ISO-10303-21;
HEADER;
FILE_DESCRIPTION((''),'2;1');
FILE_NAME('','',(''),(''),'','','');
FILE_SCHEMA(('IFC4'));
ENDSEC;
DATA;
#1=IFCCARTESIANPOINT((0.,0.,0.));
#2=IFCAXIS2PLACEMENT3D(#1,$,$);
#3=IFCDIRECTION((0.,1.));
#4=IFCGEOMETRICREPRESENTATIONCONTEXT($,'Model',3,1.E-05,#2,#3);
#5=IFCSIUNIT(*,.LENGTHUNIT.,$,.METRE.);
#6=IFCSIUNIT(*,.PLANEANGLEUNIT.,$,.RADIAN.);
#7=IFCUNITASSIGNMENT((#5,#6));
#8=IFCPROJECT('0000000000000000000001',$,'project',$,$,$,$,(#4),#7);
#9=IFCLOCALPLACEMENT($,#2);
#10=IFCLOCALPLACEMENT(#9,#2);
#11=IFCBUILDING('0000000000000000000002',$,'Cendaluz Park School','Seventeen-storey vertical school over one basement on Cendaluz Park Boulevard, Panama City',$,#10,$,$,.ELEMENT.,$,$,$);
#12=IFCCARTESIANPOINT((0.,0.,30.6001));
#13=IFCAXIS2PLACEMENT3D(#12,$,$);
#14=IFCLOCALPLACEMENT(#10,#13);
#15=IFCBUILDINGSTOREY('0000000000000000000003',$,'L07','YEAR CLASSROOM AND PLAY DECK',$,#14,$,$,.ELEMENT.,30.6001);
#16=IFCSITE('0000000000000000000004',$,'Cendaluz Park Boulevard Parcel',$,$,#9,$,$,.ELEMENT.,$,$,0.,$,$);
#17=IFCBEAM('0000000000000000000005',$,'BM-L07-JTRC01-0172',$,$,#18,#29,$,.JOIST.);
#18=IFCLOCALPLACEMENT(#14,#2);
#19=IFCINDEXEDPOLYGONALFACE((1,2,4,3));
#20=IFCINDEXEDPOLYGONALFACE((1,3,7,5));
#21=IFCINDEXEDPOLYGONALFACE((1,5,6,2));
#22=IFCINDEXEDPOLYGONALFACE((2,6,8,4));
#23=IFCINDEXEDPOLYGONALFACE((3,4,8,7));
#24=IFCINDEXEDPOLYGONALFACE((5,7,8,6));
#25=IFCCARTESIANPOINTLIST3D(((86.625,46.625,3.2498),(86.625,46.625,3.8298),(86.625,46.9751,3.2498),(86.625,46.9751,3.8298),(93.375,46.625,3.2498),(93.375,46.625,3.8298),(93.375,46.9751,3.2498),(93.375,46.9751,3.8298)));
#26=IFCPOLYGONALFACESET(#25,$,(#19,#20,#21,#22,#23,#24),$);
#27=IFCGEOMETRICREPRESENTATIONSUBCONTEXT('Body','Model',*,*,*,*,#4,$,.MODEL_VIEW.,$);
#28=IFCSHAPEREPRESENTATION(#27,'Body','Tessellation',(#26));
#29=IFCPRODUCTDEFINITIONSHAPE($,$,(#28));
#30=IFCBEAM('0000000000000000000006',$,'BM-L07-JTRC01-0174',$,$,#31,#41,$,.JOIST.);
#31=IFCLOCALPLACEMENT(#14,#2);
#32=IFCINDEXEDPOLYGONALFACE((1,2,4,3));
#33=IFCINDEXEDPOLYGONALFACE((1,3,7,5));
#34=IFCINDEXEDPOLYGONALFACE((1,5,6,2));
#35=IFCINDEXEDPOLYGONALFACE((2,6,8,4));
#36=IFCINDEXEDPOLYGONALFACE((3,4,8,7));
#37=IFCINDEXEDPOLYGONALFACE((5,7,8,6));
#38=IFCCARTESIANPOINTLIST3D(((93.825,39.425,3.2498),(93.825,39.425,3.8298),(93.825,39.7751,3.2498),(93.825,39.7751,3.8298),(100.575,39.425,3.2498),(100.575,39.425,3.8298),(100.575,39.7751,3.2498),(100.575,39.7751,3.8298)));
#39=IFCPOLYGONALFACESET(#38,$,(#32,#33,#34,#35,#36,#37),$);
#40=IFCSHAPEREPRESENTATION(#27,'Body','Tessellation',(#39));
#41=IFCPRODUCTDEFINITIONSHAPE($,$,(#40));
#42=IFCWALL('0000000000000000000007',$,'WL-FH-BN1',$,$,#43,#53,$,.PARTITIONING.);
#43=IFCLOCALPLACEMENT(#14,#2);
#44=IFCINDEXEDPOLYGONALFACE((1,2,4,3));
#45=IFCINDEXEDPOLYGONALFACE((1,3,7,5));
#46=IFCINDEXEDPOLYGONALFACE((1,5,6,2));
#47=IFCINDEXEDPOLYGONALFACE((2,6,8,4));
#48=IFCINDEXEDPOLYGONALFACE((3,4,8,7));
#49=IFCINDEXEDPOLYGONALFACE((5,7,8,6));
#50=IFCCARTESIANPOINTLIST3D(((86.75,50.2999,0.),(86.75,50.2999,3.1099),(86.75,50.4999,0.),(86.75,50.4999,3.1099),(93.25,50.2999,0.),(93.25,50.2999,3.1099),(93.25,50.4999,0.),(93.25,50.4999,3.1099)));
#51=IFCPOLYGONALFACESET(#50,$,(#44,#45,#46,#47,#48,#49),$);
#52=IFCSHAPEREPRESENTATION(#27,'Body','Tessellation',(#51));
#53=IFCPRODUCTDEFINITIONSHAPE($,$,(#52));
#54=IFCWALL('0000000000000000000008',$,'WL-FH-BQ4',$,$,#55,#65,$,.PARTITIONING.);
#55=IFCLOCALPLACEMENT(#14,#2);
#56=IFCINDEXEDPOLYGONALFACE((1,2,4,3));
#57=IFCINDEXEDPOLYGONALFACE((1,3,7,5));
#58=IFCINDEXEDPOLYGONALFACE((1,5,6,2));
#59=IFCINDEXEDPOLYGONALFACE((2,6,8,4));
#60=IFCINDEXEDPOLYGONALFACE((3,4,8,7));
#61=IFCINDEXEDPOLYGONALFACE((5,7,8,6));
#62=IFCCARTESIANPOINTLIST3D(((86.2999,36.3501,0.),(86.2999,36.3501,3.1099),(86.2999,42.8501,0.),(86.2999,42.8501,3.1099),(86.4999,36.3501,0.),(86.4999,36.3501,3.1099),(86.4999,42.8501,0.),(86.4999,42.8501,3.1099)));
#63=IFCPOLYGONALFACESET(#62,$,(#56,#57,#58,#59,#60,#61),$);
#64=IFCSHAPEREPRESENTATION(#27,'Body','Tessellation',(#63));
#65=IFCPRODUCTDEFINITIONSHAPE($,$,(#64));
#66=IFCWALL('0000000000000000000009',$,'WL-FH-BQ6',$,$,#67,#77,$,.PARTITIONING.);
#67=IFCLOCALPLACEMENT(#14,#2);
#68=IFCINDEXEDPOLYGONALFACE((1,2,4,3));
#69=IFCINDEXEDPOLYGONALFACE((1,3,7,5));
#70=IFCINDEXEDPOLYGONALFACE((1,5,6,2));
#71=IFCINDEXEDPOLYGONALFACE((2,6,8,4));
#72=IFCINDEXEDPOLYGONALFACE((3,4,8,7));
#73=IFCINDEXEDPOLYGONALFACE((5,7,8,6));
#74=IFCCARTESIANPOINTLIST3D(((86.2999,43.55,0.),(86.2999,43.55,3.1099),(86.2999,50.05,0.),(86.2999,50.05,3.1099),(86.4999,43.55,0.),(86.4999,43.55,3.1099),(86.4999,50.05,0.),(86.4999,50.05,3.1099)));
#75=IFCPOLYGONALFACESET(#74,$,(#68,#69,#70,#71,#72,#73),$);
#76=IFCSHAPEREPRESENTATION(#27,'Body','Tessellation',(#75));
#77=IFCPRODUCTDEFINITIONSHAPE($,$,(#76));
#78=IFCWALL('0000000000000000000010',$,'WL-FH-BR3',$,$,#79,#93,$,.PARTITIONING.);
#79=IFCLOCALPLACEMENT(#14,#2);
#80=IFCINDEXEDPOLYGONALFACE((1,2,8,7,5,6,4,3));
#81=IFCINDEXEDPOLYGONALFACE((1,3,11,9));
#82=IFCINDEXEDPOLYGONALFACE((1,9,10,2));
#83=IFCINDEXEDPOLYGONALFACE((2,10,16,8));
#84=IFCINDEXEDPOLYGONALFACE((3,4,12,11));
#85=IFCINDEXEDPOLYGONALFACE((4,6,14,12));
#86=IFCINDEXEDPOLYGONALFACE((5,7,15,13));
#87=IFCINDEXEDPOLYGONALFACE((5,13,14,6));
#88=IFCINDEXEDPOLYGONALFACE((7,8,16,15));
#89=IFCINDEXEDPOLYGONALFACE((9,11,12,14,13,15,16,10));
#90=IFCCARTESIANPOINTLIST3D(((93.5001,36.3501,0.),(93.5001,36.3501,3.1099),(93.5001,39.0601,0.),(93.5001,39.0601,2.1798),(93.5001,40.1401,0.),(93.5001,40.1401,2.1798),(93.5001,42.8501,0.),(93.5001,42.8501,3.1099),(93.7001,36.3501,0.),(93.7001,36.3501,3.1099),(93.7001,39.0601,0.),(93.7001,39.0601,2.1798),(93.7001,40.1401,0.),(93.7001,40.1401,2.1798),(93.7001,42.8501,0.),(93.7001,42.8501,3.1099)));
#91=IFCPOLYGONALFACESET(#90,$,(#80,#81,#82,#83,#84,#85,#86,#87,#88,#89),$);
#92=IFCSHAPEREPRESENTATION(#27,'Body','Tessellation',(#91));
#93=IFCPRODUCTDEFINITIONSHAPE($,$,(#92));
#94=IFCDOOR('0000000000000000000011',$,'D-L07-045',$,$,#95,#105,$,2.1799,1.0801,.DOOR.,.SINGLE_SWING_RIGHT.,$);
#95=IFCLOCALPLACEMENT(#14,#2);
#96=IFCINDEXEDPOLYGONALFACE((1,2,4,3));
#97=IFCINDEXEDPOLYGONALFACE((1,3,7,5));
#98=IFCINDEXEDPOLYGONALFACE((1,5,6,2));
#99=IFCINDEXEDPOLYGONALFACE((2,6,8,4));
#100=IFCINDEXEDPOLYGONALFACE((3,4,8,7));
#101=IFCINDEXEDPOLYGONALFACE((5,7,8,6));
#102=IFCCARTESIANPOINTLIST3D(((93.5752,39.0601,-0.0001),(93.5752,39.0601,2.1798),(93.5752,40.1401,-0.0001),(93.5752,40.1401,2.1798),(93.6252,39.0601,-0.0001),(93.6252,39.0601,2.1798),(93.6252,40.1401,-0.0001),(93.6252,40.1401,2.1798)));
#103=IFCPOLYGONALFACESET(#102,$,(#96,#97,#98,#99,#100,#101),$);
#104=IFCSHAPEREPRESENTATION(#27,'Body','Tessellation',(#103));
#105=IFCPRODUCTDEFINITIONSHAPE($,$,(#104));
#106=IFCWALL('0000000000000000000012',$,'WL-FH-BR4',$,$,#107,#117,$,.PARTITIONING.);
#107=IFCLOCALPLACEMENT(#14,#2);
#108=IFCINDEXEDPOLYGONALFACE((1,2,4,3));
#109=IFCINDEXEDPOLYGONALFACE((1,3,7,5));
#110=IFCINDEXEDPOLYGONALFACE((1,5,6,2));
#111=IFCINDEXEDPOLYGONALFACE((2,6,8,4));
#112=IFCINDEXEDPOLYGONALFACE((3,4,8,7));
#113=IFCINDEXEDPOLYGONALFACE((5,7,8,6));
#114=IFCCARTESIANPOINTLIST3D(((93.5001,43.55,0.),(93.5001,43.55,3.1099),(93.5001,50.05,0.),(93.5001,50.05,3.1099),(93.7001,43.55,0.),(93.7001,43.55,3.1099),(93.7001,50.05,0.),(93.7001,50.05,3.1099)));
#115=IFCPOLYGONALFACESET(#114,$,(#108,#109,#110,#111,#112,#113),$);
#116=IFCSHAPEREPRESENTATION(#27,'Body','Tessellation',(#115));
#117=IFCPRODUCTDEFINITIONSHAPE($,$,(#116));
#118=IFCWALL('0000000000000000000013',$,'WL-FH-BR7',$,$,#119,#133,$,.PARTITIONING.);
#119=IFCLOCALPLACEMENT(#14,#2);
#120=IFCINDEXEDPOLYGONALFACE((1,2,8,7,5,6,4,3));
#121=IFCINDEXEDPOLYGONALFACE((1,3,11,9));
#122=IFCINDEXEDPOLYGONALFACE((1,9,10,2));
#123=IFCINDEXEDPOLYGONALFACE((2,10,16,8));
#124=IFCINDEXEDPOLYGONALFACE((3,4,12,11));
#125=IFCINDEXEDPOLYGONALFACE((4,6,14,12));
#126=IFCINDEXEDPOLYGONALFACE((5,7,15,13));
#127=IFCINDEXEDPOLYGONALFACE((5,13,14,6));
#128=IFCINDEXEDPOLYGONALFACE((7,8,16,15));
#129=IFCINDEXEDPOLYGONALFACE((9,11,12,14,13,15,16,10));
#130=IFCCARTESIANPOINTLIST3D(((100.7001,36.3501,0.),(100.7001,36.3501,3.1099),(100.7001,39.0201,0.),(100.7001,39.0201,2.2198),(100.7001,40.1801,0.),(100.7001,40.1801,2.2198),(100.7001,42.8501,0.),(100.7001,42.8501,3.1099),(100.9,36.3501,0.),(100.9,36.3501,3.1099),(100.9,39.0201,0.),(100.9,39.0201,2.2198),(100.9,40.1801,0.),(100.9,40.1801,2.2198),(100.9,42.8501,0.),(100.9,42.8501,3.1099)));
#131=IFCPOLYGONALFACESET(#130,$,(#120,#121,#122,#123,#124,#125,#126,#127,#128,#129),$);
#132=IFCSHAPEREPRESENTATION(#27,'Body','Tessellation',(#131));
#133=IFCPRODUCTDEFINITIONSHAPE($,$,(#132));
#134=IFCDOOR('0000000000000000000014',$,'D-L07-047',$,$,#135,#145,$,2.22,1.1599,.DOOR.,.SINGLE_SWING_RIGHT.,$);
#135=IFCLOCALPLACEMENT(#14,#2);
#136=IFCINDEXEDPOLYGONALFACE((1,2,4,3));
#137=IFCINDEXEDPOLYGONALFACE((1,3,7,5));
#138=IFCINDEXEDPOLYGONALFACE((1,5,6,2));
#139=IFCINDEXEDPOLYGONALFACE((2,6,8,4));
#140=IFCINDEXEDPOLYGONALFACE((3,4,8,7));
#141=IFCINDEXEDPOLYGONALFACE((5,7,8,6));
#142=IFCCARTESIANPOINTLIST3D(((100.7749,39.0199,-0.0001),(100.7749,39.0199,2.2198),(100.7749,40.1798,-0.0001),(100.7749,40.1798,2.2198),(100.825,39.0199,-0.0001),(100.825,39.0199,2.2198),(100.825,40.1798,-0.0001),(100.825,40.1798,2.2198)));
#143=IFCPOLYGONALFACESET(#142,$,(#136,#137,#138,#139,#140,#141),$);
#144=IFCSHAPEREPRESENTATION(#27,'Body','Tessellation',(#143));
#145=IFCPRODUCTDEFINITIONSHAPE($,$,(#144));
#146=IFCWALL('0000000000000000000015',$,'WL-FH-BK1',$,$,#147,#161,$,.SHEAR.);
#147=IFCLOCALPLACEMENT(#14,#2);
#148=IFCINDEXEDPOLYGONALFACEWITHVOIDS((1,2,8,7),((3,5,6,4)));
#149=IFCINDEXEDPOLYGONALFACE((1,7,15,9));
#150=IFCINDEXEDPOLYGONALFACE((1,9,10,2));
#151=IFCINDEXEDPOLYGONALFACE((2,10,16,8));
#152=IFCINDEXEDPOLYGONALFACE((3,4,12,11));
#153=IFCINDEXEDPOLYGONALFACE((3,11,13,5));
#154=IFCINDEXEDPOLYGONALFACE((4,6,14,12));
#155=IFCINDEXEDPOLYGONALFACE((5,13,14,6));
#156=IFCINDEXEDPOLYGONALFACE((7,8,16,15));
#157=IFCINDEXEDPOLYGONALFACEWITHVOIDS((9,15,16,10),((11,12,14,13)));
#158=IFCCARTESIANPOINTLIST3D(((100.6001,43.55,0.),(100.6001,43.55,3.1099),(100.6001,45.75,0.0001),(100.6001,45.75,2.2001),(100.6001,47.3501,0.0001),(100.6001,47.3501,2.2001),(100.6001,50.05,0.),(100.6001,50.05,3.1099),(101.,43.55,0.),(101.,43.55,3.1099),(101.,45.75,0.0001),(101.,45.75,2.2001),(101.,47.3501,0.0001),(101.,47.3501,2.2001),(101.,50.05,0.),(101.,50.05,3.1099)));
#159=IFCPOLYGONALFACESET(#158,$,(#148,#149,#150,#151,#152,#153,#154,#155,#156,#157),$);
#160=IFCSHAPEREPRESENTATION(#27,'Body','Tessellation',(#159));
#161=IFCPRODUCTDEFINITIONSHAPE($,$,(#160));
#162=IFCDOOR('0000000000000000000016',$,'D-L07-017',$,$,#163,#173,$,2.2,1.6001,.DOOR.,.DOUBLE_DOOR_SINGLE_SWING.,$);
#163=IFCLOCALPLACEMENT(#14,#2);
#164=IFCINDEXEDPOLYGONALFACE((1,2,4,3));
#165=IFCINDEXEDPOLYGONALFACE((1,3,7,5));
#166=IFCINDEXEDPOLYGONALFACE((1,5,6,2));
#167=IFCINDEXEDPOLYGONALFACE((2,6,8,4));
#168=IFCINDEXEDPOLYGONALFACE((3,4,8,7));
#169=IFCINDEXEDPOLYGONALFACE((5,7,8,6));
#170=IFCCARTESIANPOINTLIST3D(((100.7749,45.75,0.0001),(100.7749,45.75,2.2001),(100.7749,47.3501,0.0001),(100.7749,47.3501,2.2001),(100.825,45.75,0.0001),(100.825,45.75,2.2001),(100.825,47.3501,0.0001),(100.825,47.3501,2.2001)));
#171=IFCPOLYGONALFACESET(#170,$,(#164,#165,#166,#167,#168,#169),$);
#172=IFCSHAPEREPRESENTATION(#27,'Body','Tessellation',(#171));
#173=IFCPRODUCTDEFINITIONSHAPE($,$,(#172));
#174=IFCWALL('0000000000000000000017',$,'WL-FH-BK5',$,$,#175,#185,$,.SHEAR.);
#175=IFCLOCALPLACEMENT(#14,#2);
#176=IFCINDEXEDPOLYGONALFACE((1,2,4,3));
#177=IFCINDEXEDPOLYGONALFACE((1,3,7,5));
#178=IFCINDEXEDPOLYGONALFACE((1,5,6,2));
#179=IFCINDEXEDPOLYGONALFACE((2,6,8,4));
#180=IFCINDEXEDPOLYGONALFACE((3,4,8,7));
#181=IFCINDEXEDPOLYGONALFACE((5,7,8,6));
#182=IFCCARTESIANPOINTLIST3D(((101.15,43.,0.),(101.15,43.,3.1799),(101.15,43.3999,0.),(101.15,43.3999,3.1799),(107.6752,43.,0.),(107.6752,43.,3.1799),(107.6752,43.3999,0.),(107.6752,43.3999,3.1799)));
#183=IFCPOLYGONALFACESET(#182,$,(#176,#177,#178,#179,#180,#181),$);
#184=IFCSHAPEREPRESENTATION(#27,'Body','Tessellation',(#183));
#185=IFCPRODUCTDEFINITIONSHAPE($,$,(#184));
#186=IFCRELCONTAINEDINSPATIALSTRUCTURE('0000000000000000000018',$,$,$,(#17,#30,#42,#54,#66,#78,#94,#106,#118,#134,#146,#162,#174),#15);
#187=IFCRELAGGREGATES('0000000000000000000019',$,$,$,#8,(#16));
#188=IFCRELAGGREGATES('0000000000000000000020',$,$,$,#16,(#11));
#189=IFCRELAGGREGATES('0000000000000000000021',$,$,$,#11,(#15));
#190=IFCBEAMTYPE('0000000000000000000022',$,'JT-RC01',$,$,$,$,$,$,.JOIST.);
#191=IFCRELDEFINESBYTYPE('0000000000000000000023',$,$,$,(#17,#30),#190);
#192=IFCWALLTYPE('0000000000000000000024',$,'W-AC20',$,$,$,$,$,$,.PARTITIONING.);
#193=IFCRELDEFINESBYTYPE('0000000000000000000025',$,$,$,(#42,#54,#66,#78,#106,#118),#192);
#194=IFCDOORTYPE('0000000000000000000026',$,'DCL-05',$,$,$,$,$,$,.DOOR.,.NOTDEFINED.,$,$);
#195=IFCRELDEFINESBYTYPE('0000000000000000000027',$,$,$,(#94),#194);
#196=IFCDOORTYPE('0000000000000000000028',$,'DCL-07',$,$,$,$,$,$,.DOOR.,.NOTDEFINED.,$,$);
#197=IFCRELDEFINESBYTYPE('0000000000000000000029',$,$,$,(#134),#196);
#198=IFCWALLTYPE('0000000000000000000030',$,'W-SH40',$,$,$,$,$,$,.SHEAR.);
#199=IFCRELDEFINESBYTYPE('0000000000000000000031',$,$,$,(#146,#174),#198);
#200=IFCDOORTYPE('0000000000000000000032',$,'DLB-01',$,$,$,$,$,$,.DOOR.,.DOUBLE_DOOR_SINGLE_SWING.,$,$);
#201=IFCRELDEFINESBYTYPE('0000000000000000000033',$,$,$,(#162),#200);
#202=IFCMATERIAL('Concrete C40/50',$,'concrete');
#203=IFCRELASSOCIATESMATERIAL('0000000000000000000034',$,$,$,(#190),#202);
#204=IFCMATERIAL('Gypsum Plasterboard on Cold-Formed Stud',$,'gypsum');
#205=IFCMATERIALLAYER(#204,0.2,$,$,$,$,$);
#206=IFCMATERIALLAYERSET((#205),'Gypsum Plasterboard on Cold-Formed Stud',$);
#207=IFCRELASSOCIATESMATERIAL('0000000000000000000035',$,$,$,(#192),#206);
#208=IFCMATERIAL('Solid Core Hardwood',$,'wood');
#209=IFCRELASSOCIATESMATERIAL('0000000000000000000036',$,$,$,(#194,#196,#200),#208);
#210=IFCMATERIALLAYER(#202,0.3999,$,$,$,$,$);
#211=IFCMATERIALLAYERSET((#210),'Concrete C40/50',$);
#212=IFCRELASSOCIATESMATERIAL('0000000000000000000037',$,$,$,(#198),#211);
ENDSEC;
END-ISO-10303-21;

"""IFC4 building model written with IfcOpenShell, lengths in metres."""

from ifc_helpers import new_model, si_unit, direction, frame, frame_2d, origin, origin_2d, place, context, subcontext, project, spatial, rectangle, extrude, material, layer, layer_set, material_profile, profile_set, type_object, element, fill, save


model = new_model("IFC4")

# Units and contexts
model_context = context("Model", 3, precision=1e-05, world=origin(), true_north=direction((0.0, 1.0)))
body_context = subcontext(model_context, "Body", "Model", "MODEL_VIEW")
ifc_project = project(units=[si_unit("LENGTHUNIT", "METRE"), si_unit("PLANEANGLEUNIT", "RADIAN")], contexts=[model_context])

# Site, building, storey
site_placement = place(None, origin())
site = spatial("IfcSite", under=ifc_project, at=site_placement, Name="Cendaluz Park Boulevard Parcel", CompositionType="ELEMENT", RefElevation=0.0)
building_placement = place(site_placement, origin())
building = spatial("IfcBuilding", under=site, at=building_placement, Name="Cendaluz Park School", Description="Seventeen-storey vertical school over one basement on Cendaluz Park Boulevard, Panama City", CompositionType="ELEMENT")
storey_placement = place(building_placement, frame((0.0, 0.0, 30.6001)))
storey = spatial("IfcBuildingStorey", under=building, at=storey_placement, Name="L07", Description="YEAR CLASSROOM AND PLAY DECK", CompositionType="ELEMENT", Elevation=30.6001)

# Shared definitions
ifc_material_1 = material(Name="Concrete C40/50", Category="concrete")

# Beams
ifc_material_profile_1 = material_profile(ifc_material_1, rectangle(XDim=0.3501, YDim=0.5801, at=origin_2d()), Name="RC 350x580", Category="concrete")
ifc_profile_set_1 = profile_set([ifc_material_profile_1], Name="Concrete C40/50")
beam_type_1 = type_object("IfcBeamType", Name="JT-RC01", PredefinedType="JOIST", material=ifc_profile_set_1)
for number, where, z_axis, x_axis, name in (
    (1, (86.625, 46.8, 3.5398), (1.0, 0.0, 0.0), (0.0, 1.0, 0.0), "BM-L07-JTRC01-0172"),
    (2, (93.825, 39.6001, 3.5398), (1.0, 0.0, 0.0), (0.0, 1.0, 0.0), "BM-L07-JTRC01-0174"),
):
    element("IfcBeam", number, at=place(storey_placement, frame(where, z_axis=z_axis, x_axis=x_axis)), inside=storey, type_object=beam_type_1, Name=name, PredefinedType="JOIST", context=body_context, shape_type="SweptSolid", body=[
        extrude(rectangle(XDim=0.3501, YDim=0.5801, at=origin_2d()), origin(), (0.0, 0.0, 1.0), 6.75),
    ])

# Walls
ifc_material_2 = material(Name="Gypsum Plasterboard on Cold-Formed Stud", Category="gypsum")
ifc_layer_1 = layer(ifc_material_2, 0.2)
ifc_layer_set_1 = layer_set([ifc_layer_1], Name="Gypsum Plasterboard on Cold-Formed Stud")
wall_type_1 = type_object("IfcWallType", Name="W-AC20", PredefinedType="PARTITIONING", material=ifc_layer_set_1)
for number, where, z_axis, x_axis, name in (
    (3, (86.75, 50.3999, 0.0), (0.0, 0.0, 1.0), (1.0, 0.0, 0.0), "WL-FH-BN1"),
    (4, (86.3999, 36.3501, 0.0), (0.0, 0.0, 1.0), (0.0, 1.0, 0.0), "WL-FH-BQ4"),
    (5, (86.3999, 43.55, 0.0), (0.0, 0.0, 1.0), (0.0, 1.0, 0.0), "WL-FH-BQ6"),
):
    element("IfcWall", number, at=place(storey_placement, frame(where, z_axis=z_axis, x_axis=x_axis)), inside=storey, type_object=wall_type_1, Name=name, PredefinedType="PARTITIONING", context=body_context, shape_type="SweptSolid", body=[
        extrude(rectangle(XDim=6.5, YDim=0.2, at=frame_2d((3.25, 0.0))), origin(), (0.0, 0.0, 1.0), 3.1099),
    ])

# Wall, opening, door
wall_1_placement = place(storey_placement, frame((93.6001, 36.3501, 0.0), z_axis=(0.0, 0.0, 1.0), x_axis=(0.0, 1.0, 0.0)))
wall_1 = element("IfcWall", 6, at=wall_1_placement, inside=storey, type_object=wall_type_1, Name="WL-FH-BR3", PredefinedType="PARTITIONING", context=body_context, shape_type="SweptSolid", body=[
    extrude(rectangle(XDim=6.5, YDim=0.2, at=frame_2d((3.25, 0.0))), origin(), (0.0, 0.0, 1.0), 3.1099),
])
opening_1_placement = place(wall_1_placement, frame((2.71, 0.0, 0.0)))
opening_1 = element("IfcOpeningElement", 7, at=opening_1_placement, cuts=wall_1, PredefinedType="OPENING", context=body_context, shape_type="SweptSolid", body=[
    extrude(rectangle(XDim=1.0801, YDim=2.1799, at=frame_2d((0.54, 1.0898))), frame((0.0, 0.1121, 0.0), z_axis=(0.0, -1.0, 0.0), x_axis=(1.0, 0.0, 0.0)), (0.0, 0.0, 1.0), 0.2239),
])
ifc_material_3 = material(Name="Solid Core Hardwood", Category="wood")
door_type_1 = type_object("IfcDoorType", Name="DCL-05", OperationType="NOTDEFINED", PredefinedType="DOOR", material=ifc_material_3)
door_1_placement = place(opening_1_placement, origin())
door_1 = element("IfcDoor", 8, at=door_1_placement, inside=storey, type_object=door_type_1, Name="D-L07-045", OperationType="SINGLE_SWING_RIGHT", OverallHeight=2.1799, OverallWidth=1.0801, PredefinedType="DOOR", context=body_context, shape_type="SweptSolid", body=[
    extrude(rectangle(XDim=1.0801, YDim=2.1799, at=frame_2d((0.54, 1.0898))), frame((0.0, 0.0249, 0.0), z_axis=(0.0, -1.0, 0.0), x_axis=(1.0, 0.0, 0.0)), (0.0, 0.0, 1.0), 0.05),
])
fill(opening_1, door_1)

# Wall
wall_2_placement = place(storey_placement, frame((93.6001, 43.55, 0.0), z_axis=(0.0, 0.0, 1.0), x_axis=(0.0, 1.0, 0.0)))
element("IfcWall", 9, at=wall_2_placement, inside=storey, type_object=wall_type_1, Name="WL-FH-BR4", PredefinedType="PARTITIONING", context=body_context, shape_type="SweptSolid", body=[
    extrude(rectangle(XDim=6.5, YDim=0.2, at=frame_2d((3.25, 0.0))), origin(), (0.0, 0.0, 1.0), 3.1099),
])

# Walls, openings, doors
wall_3_placement = place(storey_placement, frame((100.8, 36.3501, 0.0), z_axis=(0.0, 0.0, 1.0), x_axis=(0.0, 1.0, 0.0)))
wall_3 = element("IfcWall", 10, at=wall_3_placement, inside=storey, type_object=wall_type_1, Name="WL-FH-BR7", PredefinedType="PARTITIONING", context=body_context, shape_type="SweptSolid", body=[
    extrude(rectangle(XDim=6.5, YDim=0.2, at=frame_2d((3.25, 0.0))), origin(), (0.0, 0.0, 1.0), 3.1099),
])
opening_2_placement = place(wall_3_placement, frame((2.6699, 0.0, 0.0)))
opening_2 = element("IfcOpeningElement", 11, at=opening_2_placement, cuts=wall_3, PredefinedType="OPENING", context=body_context, shape_type="SweptSolid", body=[
    extrude(rectangle(XDim=1.1599, YDim=2.22, at=frame_2d((0.5801, 1.1099))), frame((0.0, 0.1121, 0.0), z_axis=(0.0, -1.0, 0.0), x_axis=(1.0, 0.0, 0.0)), (0.0, 0.0, 1.0), 0.2239),
])
door_type_2 = type_object("IfcDoorType", Name="DCL-07", OperationType="NOTDEFINED", PredefinedType="DOOR", material=ifc_material_3)
door_2_placement = place(opening_2_placement, frame((1.1599, 0.0, 0.0), z_axis=(0.0, 0.0, 1.0), x_axis=(-1.0, 0.0, 0.0)))
door_2 = element("IfcDoor", 12, at=door_2_placement, inside=storey, type_object=door_type_2, Name="D-L07-047", OperationType="SINGLE_SWING_RIGHT", OverallHeight=2.22, OverallWidth=1.1599, PredefinedType="DOOR", context=body_context, shape_type="SweptSolid", body=[
    extrude(rectangle(XDim=1.1599, YDim=2.22, at=frame_2d((0.5801, 1.1099))), frame((0.0, 0.0249, 0.0), z_axis=(0.0, -1.0, 0.0), x_axis=(1.0, 0.0, 0.0)), (0.0, 0.0, 1.0), 0.05),
])
fill(opening_2, door_2)
ifc_layer_2 = layer(ifc_material_1, 0.3999)
ifc_layer_set_2 = layer_set([ifc_layer_2], Name="Concrete C40/50")
wall_type_2 = type_object("IfcWallType", Name="W-SH40", PredefinedType="SHEAR", material=ifc_layer_set_2)
wall_4_placement = place(storey_placement, frame((100.8, 43.55, 0.0), z_axis=(0.0, 0.0, 1.0), x_axis=(0.0, 1.0, 0.0)))
wall_4 = element("IfcWall", 13, at=wall_4_placement, inside=storey, type_object=wall_type_2, Name="WL-FH-BK1", PredefinedType="SHEAR", context=body_context, shape_type="SweptSolid", body=[
    extrude(rectangle(XDim=6.5, YDim=0.3999, at=frame_2d((3.25, 0.0))), origin(), (0.0, 0.0, 1.0), 3.1099),
])
opening_3_placement = place(wall_4_placement, frame((2.2, 0.0, 0.0)))
opening_3 = element("IfcOpeningElement", 14, at=opening_3_placement, cuts=wall_4, PredefinedType="OPENING", context=body_context, shape_type="SweptSolid", body=[
    extrude(rectangle(XDim=1.6001, YDim=2.2, at=frame_2d((0.8, 1.1001))), frame((0.0, 0.2119, 0.0), z_axis=(0.0, -1.0, 0.0), x_axis=(1.0, 0.0, 0.0)), (0.0, 0.0, 1.0), 0.4238),
])
door_type_3 = type_object("IfcDoorType", Name="DLB-01", OperationType="DOUBLE_DOOR_SINGLE_SWING", PredefinedType="DOOR", material=ifc_material_3)
door_3_placement = place(opening_3_placement, frame((1.6001, 0.0, 0.0), z_axis=(0.0, 0.0, 1.0), x_axis=(-1.0, 0.0, 0.0)))
door_3 = element("IfcDoor", 15, at=door_3_placement, inside=storey, type_object=door_type_3, Name="D-L07-017", OperationType="DOUBLE_DOOR_SINGLE_SWING", OverallHeight=2.2, OverallWidth=1.6001, PredefinedType="DOOR", context=body_context, shape_type="SweptSolid", body=[
    extrude(rectangle(XDim=1.6001, YDim=2.2, at=frame_2d((0.8, 1.1001))), frame((0.0, 0.0249, 0.0), z_axis=(0.0, -1.0, 0.0), x_axis=(1.0, 0.0, 0.0)), (0.0, 0.0, 1.0), 0.05),
])
fill(opening_3, door_3)

# Wall
wall_5_placement = place(storey_placement, frame((101.1499, 43.2, 0.0), z_axis=(0.0, 0.0, 1.0), x_axis=(1.0, 0.0, 0.0)))
element("IfcWall", 16, at=wall_5_placement, inside=storey, type_object=wall_type_2, Name="WL-FH-BK5", PredefinedType="SHEAR", context=body_context, shape_type="SweptSolid", body=[
    extrude(rectangle(XDim=6.5251, YDim=0.3999, at=frame_2d((3.2627, 0.0))), origin(), (0.0, 0.0, 1.0), 3.1799),
])

save(model, "model.ifc")
